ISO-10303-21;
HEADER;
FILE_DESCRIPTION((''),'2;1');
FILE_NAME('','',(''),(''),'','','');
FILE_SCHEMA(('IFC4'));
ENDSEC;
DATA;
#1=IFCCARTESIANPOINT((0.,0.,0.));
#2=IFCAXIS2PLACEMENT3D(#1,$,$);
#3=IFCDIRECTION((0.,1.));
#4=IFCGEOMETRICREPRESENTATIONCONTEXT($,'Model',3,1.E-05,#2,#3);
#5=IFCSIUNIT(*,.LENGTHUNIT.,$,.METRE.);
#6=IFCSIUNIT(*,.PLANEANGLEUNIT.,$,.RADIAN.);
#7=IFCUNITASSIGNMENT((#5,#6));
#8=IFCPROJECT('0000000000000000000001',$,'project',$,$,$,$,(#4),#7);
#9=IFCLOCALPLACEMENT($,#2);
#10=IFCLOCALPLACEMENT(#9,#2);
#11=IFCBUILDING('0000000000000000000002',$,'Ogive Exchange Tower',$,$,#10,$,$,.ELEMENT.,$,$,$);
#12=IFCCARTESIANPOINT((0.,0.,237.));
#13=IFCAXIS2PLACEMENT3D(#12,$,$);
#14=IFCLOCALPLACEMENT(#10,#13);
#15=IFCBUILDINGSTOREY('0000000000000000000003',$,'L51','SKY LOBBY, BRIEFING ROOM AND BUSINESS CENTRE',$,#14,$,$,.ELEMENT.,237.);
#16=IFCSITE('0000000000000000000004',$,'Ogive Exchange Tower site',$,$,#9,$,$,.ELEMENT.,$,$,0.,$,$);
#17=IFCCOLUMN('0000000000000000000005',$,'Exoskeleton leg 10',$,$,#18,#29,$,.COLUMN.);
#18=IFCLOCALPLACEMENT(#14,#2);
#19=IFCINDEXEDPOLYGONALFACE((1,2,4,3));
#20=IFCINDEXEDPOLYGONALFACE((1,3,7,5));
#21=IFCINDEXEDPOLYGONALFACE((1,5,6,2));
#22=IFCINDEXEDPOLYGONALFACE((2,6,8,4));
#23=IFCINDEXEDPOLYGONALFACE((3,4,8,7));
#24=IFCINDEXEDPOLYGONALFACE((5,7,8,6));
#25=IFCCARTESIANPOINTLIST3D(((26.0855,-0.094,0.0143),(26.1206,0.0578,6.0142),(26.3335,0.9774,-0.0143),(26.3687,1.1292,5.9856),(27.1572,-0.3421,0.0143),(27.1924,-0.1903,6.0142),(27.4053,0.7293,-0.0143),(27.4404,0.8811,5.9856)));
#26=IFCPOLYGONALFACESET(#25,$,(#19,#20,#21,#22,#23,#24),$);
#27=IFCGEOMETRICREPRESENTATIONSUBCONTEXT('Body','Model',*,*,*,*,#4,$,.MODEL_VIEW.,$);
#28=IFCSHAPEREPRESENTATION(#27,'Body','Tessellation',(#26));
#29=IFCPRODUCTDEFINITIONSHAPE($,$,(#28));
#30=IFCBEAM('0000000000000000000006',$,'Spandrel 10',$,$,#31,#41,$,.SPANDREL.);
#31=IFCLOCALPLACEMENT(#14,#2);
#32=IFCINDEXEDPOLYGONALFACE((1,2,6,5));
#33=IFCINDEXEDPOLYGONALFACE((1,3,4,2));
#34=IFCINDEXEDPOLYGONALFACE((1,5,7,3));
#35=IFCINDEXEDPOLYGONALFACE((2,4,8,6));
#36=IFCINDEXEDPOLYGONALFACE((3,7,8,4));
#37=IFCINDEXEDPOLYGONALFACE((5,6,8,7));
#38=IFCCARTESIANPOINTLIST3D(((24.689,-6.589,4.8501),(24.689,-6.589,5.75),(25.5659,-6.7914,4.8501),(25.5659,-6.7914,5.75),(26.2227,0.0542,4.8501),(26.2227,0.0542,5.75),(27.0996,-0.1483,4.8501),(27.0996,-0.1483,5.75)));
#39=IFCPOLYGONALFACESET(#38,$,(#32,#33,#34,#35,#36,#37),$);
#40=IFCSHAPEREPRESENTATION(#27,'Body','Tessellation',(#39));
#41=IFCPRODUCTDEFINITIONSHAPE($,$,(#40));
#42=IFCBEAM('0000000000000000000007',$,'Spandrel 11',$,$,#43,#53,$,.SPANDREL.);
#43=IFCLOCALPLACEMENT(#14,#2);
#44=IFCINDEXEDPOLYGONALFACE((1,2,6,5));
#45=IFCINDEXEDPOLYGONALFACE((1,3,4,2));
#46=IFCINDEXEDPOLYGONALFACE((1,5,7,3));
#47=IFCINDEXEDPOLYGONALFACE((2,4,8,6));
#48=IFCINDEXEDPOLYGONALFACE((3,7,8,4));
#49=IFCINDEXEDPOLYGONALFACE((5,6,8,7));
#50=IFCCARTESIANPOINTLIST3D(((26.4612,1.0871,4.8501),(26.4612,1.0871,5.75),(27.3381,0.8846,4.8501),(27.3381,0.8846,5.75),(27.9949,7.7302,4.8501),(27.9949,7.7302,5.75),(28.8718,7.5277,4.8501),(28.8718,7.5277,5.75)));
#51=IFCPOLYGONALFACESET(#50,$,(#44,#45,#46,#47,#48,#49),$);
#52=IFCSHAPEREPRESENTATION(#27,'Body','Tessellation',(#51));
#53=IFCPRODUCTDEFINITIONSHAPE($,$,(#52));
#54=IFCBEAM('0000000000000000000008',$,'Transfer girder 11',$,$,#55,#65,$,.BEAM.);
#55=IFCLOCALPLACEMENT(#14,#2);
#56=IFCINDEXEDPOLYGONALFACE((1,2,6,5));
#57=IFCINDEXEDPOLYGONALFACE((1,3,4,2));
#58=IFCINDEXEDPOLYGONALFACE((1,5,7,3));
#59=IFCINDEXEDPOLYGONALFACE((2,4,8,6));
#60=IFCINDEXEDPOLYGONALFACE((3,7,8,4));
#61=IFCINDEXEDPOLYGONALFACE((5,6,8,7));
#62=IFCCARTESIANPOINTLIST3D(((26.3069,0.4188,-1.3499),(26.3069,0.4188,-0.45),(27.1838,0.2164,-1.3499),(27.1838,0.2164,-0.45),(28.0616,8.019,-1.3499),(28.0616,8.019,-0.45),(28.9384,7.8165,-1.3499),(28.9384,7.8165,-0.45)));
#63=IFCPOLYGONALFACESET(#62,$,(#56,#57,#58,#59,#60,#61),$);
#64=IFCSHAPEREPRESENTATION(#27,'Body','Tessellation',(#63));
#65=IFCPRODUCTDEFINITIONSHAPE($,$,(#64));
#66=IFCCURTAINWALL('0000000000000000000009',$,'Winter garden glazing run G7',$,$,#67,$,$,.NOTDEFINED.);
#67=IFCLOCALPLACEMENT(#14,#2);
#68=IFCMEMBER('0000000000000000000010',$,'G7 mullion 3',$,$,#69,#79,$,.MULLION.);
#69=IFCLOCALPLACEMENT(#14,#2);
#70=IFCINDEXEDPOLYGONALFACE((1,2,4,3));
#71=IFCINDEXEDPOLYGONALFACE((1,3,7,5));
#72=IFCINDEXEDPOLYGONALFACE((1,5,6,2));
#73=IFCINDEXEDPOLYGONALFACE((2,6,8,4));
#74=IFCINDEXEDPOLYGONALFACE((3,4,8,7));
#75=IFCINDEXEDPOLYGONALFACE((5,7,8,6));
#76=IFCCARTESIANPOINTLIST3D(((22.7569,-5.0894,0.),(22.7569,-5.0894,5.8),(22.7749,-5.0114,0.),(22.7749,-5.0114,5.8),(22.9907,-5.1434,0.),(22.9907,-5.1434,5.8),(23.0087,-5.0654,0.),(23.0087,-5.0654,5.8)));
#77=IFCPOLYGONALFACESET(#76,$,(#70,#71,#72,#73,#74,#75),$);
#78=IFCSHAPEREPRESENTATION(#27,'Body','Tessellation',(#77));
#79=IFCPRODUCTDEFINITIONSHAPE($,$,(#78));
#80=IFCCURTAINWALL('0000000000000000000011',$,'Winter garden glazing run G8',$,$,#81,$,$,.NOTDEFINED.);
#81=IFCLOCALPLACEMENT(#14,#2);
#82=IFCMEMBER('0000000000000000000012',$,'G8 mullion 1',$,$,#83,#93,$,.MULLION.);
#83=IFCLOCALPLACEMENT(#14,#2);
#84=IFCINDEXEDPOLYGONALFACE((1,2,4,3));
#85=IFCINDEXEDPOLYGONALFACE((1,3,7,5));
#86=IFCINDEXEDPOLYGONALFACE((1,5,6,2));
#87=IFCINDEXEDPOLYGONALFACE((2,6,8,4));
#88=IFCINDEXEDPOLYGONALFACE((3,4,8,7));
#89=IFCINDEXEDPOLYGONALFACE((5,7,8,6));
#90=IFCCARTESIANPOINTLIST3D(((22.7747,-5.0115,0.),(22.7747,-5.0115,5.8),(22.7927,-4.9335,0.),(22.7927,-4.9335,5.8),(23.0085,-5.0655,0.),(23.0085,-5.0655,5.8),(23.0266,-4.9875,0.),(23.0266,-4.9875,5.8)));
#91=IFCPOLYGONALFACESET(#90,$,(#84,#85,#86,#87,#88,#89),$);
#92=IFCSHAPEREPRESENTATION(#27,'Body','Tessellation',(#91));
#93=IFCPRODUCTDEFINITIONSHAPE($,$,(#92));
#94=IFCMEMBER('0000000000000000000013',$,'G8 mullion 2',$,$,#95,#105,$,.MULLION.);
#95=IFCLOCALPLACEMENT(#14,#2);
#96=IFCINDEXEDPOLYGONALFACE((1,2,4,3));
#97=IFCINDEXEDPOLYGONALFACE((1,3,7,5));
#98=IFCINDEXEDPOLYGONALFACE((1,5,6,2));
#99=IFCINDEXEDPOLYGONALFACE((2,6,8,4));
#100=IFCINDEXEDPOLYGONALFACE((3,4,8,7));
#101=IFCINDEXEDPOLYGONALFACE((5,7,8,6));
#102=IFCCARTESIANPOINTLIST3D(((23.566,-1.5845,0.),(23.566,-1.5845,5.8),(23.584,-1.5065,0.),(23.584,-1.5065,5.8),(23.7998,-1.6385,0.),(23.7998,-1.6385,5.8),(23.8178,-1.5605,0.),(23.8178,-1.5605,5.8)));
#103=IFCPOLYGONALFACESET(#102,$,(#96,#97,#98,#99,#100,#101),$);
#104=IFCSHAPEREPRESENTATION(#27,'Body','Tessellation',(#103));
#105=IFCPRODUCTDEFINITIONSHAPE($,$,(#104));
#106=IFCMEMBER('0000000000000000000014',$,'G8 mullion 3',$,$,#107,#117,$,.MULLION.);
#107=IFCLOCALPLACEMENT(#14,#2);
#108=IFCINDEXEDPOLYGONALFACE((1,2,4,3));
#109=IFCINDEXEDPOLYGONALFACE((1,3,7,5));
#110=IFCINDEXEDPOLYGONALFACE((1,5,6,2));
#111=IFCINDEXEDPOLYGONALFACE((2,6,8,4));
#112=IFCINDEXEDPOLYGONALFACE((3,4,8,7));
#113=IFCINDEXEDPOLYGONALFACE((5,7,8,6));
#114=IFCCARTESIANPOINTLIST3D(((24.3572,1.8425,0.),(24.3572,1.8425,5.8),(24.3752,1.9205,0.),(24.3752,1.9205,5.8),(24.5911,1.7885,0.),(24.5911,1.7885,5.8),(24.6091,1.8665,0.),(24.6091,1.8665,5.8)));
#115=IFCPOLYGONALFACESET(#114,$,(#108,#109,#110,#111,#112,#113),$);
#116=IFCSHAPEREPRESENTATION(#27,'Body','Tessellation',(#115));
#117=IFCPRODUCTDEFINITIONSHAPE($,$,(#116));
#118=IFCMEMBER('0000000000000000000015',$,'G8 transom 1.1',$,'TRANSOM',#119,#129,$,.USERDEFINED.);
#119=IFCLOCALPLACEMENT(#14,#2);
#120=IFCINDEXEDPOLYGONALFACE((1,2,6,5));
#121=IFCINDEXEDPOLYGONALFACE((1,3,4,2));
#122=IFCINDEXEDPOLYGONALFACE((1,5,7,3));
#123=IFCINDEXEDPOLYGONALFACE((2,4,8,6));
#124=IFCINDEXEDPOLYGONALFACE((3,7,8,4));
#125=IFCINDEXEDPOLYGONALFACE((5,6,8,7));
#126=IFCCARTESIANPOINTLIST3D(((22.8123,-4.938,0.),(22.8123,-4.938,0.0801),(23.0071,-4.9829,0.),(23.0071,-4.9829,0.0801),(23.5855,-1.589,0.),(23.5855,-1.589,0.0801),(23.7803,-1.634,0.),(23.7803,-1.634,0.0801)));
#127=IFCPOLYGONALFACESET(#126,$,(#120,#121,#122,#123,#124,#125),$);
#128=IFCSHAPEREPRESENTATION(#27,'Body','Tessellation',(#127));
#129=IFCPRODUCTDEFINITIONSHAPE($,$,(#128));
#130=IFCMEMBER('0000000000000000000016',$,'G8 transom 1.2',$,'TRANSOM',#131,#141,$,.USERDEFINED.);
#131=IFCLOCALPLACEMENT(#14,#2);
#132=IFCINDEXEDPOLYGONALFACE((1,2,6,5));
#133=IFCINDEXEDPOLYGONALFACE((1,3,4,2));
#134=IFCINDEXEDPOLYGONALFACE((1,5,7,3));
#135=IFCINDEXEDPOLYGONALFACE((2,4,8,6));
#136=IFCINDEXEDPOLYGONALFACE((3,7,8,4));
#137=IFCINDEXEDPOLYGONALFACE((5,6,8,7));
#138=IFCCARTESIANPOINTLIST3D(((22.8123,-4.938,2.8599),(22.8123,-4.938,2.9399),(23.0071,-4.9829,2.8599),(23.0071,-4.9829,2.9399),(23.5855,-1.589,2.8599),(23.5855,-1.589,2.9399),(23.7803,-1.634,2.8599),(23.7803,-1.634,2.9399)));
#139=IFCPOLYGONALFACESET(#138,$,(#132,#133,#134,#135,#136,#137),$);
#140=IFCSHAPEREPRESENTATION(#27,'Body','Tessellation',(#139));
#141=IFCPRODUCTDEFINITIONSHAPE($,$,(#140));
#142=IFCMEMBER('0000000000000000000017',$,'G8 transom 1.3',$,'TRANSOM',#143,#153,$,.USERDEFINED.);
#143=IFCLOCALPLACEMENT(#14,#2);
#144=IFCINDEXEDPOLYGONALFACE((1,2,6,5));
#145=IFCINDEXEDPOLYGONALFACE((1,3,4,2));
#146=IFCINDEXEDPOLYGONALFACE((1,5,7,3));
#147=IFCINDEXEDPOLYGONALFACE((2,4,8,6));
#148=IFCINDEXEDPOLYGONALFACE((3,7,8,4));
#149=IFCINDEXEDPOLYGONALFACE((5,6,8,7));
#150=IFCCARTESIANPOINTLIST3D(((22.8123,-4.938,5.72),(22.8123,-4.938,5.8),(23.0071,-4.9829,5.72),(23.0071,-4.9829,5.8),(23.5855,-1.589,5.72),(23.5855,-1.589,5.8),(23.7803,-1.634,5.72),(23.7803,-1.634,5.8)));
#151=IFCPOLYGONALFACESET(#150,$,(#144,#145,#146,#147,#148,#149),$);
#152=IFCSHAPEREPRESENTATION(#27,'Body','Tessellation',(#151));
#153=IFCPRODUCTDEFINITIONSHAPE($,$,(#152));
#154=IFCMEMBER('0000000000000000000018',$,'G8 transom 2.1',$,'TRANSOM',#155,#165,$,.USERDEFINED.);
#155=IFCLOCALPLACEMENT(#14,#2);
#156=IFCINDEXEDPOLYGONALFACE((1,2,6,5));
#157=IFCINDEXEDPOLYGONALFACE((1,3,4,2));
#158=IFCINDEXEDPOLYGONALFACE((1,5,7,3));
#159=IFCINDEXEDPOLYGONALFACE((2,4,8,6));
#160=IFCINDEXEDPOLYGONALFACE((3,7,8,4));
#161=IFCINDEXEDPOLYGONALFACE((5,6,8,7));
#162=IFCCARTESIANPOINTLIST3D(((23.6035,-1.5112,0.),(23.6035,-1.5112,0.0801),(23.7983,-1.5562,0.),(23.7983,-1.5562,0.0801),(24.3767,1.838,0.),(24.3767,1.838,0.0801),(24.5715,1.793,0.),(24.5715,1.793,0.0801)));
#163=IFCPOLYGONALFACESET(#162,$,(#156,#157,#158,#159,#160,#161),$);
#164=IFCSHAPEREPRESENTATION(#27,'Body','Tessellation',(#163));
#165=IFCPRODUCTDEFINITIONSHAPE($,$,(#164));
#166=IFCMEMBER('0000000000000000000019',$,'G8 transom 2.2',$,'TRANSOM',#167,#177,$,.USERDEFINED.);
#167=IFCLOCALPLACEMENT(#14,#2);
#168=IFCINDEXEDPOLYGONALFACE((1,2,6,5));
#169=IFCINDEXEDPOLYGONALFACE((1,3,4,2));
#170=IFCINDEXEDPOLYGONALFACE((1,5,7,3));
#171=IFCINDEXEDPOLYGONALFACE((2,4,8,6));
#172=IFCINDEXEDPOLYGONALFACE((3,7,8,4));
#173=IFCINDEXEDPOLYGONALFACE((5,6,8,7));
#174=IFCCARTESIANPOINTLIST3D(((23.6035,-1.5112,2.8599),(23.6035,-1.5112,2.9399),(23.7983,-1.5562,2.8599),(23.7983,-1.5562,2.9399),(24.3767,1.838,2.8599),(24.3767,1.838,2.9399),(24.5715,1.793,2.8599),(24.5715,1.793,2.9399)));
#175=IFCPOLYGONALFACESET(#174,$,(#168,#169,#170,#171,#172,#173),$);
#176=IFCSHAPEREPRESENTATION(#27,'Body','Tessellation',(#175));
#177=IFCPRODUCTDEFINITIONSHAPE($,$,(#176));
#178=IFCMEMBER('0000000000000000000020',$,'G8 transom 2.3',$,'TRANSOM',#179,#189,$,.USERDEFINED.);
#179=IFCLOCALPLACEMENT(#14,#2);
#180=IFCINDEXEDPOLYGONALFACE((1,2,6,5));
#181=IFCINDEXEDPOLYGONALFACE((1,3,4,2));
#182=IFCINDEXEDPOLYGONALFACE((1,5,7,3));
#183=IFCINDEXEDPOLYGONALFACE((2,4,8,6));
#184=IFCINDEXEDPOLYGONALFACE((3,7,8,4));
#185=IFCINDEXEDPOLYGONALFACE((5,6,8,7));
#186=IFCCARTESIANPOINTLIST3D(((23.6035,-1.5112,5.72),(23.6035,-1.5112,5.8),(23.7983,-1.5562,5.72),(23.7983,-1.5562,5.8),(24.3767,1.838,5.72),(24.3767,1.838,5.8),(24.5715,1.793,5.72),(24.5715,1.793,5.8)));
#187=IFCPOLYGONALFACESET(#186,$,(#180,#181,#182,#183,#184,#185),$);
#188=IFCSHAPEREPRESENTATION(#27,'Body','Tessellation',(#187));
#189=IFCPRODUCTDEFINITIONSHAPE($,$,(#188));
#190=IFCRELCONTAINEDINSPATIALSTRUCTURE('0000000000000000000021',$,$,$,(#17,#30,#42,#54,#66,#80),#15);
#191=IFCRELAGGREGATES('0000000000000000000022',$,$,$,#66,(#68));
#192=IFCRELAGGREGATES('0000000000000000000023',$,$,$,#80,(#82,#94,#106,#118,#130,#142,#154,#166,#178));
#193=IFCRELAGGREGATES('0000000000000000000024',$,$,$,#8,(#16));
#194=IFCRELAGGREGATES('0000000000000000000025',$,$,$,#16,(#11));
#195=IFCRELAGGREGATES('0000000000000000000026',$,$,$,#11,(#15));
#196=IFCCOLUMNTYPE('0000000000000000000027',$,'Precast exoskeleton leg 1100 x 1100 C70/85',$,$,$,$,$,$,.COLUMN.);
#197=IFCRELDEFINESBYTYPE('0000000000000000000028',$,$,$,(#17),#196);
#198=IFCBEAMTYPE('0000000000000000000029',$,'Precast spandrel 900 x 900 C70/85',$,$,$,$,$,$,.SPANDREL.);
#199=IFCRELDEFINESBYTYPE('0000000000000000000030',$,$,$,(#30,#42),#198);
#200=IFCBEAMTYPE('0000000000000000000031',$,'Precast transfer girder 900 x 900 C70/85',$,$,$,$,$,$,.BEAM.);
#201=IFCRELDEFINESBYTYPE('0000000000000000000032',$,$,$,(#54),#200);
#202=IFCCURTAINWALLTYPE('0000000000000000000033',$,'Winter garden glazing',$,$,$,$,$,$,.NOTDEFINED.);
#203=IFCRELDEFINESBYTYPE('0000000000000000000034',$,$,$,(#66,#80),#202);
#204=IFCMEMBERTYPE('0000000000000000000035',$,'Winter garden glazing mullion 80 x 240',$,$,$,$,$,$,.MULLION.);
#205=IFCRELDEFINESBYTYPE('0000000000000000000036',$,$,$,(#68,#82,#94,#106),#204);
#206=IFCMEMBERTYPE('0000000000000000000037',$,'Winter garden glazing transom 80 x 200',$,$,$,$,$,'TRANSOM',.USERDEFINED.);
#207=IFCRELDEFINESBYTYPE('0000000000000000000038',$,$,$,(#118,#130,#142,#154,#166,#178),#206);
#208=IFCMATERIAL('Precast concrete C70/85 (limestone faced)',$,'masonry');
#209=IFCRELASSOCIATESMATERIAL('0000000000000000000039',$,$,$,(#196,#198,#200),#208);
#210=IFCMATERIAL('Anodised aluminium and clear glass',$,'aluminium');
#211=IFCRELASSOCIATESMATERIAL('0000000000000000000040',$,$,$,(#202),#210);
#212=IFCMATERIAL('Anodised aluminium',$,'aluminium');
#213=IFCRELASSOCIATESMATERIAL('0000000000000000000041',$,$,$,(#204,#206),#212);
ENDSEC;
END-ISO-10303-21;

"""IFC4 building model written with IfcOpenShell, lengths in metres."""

from ifc_helpers import new_model, si_unit, direction, frame, origin, origin_2d, place, context, subcontext, project, spatial, rectangle, extrude, material, material_profile, profile_set, type_object, element, aggregate, save


model = new_model("IFC4")

# Units and contexts
model_context = context("Model", 3, precision=1e-05, world=origin(), true_north=direction((0.0, 1.0)))
body_context = subcontext(model_context, "Body", "Model", "MODEL_VIEW")
ifc_project = project(units=[si_unit("LENGTHUNIT", "METRE"), si_unit("PLANEANGLEUNIT", "RADIAN")], contexts=[model_context])

# Site, building, storey
site_placement = place(None, origin())
site = spatial("IfcSite", under=ifc_project, at=site_placement, Name="Ogive Exchange Tower site", CompositionType="ELEMENT", RefElevation=0.0)
building_placement = place(site_placement, origin())
building = spatial("IfcBuilding", under=site, at=building_placement, Name="Ogive Exchange Tower", CompositionType="ELEMENT")
storey_placement = place(building_placement, frame((0.0, 0.0, 237.0)))
storey = spatial("IfcBuildingStorey", under=building, at=storey_placement, Name="L51", Description="SKY LOBBY, BRIEFING ROOM AND BUSINESS CENTRE", CompositionType="ELEMENT", Elevation=237.0)

# Column
ifc_material_1 = material(Name="Precast concrete C70/85 (limestone faced)", Category="masonry")
ifc_material_profile_1 = material_profile(ifc_material_1, rectangle(XDim=1.1001, YDim=1.1001, at=origin_2d()), Name="1100 x 1100")
ifc_profile_set_1 = profile_set([ifc_material_profile_1], Name="Precast concrete C70/85 (limestone faced)")
column_type = type_object("IfcColumnType", Name="Precast exoskeleton leg 1100 x 1100 C70/85", PredefinedType="COLUMN", material=ifc_profile_set_1)
column_placement = place(storey_placement, frame((26.7454, 0.3176, 0.0), z_axis=(0.005857, 0.025301, 0.999663), x_axis=(-0.974233, 0.225546, 0.0)))
element("IfcColumn", 1, at=column_placement, inside=storey, type_object=column_type, Name="Exoskeleton leg 10", PredefinedType="COLUMN", context=body_context, shape_type="SweptSolid", body=[
    extrude(rectangle(XDim=1.1001, YDim=1.1001, at=origin_2d()), origin(), (0.0, 0.0, 1.0), 6.002),
])

# Beams
ifc_material_profile_2 = material_profile(ifc_material_1, rectangle(XDim=0.8999, YDim=0.8999, at=origin_2d()), Name="900 x 900")
ifc_profile_set_2 = profile_set([ifc_material_profile_2], Name="Precast concrete C70/85 (limestone faced)")
beam_type_1 = type_object("IfcBeamType", Name="Precast spandrel 900 x 900 C70/85", PredefinedType="SPANDREL", material=ifc_profile_set_2)
for number, where, z_axis, x_axis, name in (
    (2, (25.1274, -6.6902, 5.3), (0.224954, 0.974369, 0.0), (-0.974369, 0.224954, 0.0), "Spandrel 10"),
    (3, (26.8997, 0.9858, 5.3), (0.224954, 0.974369, 0.0), (-0.974369, 0.224954, 0.0), "Spandrel 11"),
):
    element("IfcBeam", number, at=place(storey_placement, frame(where, z_axis=z_axis, x_axis=x_axis)), inside=storey, type_object=beam_type_1, Name=name, PredefinedType="SPANDREL", context=body_context, shape_type="SweptSolid", body=[
        extrude(rectangle(XDim=0.8999, YDim=0.8999, at=origin_2d()), origin(), (0.0, 0.0, 1.0), 6.8179),
    ])
ifc_material_profile_3 = material_profile(ifc_material_1, rectangle(XDim=0.8999, YDim=0.8999, at=origin_2d()), Name="900 x 900")
ifc_profile_set_3 = profile_set([ifc_material_profile_3], Name="Precast concrete C70/85 (limestone faced)")
beam_type_2 = type_object("IfcBeamType", Name="Precast transfer girder 900 x 900 C70/85", PredefinedType="BEAM", material=ifc_profile_set_3)
beam_placement = place(storey_placement, frame((26.7454, 0.3176, -0.8999), z_axis=(0.224953, 0.97437, 0.0), x_axis=(-0.97437, 0.224953, 0.0)))
element("IfcBeam", 4, at=beam_placement, inside=storey, type_object=beam_type_2, Name="Transfer girder 11", PredefinedType="BEAM", context=body_context, shape_type="SweptSolid", body=[
    extrude(rectangle(XDim=0.8999, YDim=0.8999, at=origin_2d()), origin(), (0.0, 0.0, 1.0), 7.8),
])

# Curtain wall, member
ifc_material_2 = material(Name="Anodised aluminium and clear glass", Category="aluminium")
curtain_wall_type = type_object("IfcCurtainWallType", Name="Winter garden glazing", PredefinedType="NOTDEFINED", material=ifc_material_2)
curtain_wall_1_placement = place(storey_placement, origin())
curtain_wall_1 = element("IfcCurtainWall", 5, at=curtain_wall_1_placement, inside=storey, type_object=curtain_wall_type, Name="Winter garden glazing run G7", PredefinedType="NOTDEFINED")
ifc_material_3 = material(Name="Anodised aluminium", Category="aluminium")
ifc_material_profile_4 = material_profile(ifc_material_3, rectangle(XDim=0.24, YDim=0.0801, at=origin_2d()), Name="AL 80x240")
ifc_profile_set_4 = profile_set([ifc_material_profile_4], Name="Anodised aluminium")
member_type_1 = type_object("IfcMemberType", Name="Winter garden glazing mullion 80 x 240", PredefinedType="MULLION", material=ifc_profile_set_4)
member_1_placement = place(storey_placement, frame((22.8828, -5.0774, 0.0), z_axis=(0.0, 0.0, 1.0), x_axis=(-0.97437, 0.224952, 0.0)))
member_1 = element("IfcMember", 6, at=member_1_placement, type_object=member_type_1, Name="G7 mullion 3", PredefinedType="MULLION", context=body_context, shape_type="SweptSolid", body=[
    extrude(rectangle(XDim=0.24, YDim=0.0801, at=origin_2d()), origin(), (0.0, 0.0, 1.0), 5.8),
])

# Curtain wall, members
curtain_wall_2_placement = place(storey_placement, origin())
curtain_wall_2 = element("IfcCurtainWall", 7, at=curtain_wall_2_placement, inside=storey, type_object=curtain_wall_type, Name="Winter garden glazing run G8", PredefinedType="NOTDEFINED")
member_2_placement = place(storey_placement, frame((22.9006, -4.9995, 0.0), z_axis=(0.0, 0.0, 1.0), x_axis=(-0.974369, 0.224957, 0.0)))
member_2 = element("IfcMember", 8, at=member_2_placement, type_object=member_type_1, Name="G8 mullion 1", PredefinedType="MULLION", context=body_context, shape_type="SweptSolid", body=[
    extrude(rectangle(XDim=0.24, YDim=0.0801, at=origin_2d()), origin(), (0.0, 0.0, 1.0), 5.8),
])
member_3_placement = place(storey_placement, frame((23.6919, -1.5725, 0.0), z_axis=(0.0, 0.0, 1.0), x_axis=(-0.974369, 0.224957, 0.0)))
member_3 = element("IfcMember", 9, at=member_3_placement, type_object=member_type_1, Name="G8 mullion 2", PredefinedType="MULLION", context=body_context, shape_type="SweptSolid", body=[
    extrude(rectangle(XDim=0.24, YDim=0.0801, at=origin_2d()), origin(), (0.0, 0.0, 1.0), 5.8),
])
member_4_placement = place(storey_placement, frame((24.4832, 1.8545, 0.0), z_axis=(0.0, 0.0, 1.0), x_axis=(-0.974369, 0.224957, 0.0)))
member_4 = element("IfcMember", 10, at=member_4_placement, type_object=member_type_1, Name="G8 mullion 3", PredefinedType="MULLION", context=body_context, shape_type="SweptSolid", body=[
    extrude(rectangle(XDim=0.24, YDim=0.0801, at=origin_2d()), origin(), (0.0, 0.0, 1.0), 5.8),
])
ifc_material_profile_5 = material_profile(ifc_material_3, rectangle(XDim=0.2, YDim=0.0801, at=origin_2d()), Name="AL 80x200")
ifc_profile_set_5 = profile_set([ifc_material_profile_5], Name="Anodised aluminium")
member_type_2 = type_object("IfcMemberType", Name="Winter garden glazing transom 80 x 200", ElementType="TRANSOM", PredefinedType="USERDEFINED", material=ifc_profile_set_5)
member_5_placement = place(storey_placement, frame((22.9097, -4.9604, 0.04), z_axis=(0.224963, 0.974367, 0.0), x_axis=(-0.974367, 0.224963, 0.0)))
member_5 = element("IfcMember", 11, at=member_5_placement, type_object=member_type_2, Name="G8 transom 1.1", ObjectType="TRANSOM", PredefinedType="USERDEFINED", context=body_context, shape_type="SweptSolid", body=[
    extrude(rectangle(XDim=0.2, YDim=0.0801, at=origin_2d()), origin(), (0.0, 0.0, 1.0), 3.437),
])
member_6_placement = place(storey_placement, frame((22.9097, -4.9604, 2.8999), z_axis=(0.224963, 0.974367, 0.0), x_axis=(-0.974367, 0.224963, 0.0)))
member_6 = element("IfcMember", 12, at=member_6_placement, type_object=member_type_2, Name="G8 transom 1.2", ObjectType="TRANSOM", PredefinedType="USERDEFINED", context=body_context, shape_type="SweptSolid", body=[
    extrude(rectangle(XDim=0.2, YDim=0.0801, at=origin_2d()), origin(), (0.0, 0.0, 1.0), 3.437),
])
member_7_placement = place(storey_placement, frame((22.9097, -4.9604, 5.76), z_axis=(0.224963, 0.974367, 0.0), x_axis=(-0.974367, 0.224963, 0.0)))
member_7 = element("IfcMember", 13, at=member_7_placement, type_object=member_type_2, Name="G8 transom 1.3", ObjectType="TRANSOM", PredefinedType="USERDEFINED", context=body_context, shape_type="SweptSolid", body=[
    extrude(rectangle(XDim=0.2, YDim=0.0801, at=origin_2d()), origin(), (0.0, 0.0, 1.0), 3.437),
])
member_8_placement = place(storey_placement, frame((23.7009, -1.5337, 0.04), z_axis=(0.224948, 0.974371, 0.0), x_axis=(-0.974371, 0.224948, 0.0)))
member_8 = element("IfcMember", 14, at=member_8_placement, type_object=member_type_2, Name="G8 transom 2.1", ObjectType="TRANSOM", PredefinedType="USERDEFINED", context=body_context, shape_type="SweptSolid", body=[
    extrude(rectangle(XDim=0.2, YDim=0.0801, at=origin_2d()), origin(), (0.0, 0.0, 1.0), 3.4373),
])
member_9_placement = place(storey_placement, frame((23.7009, -1.5337, 2.8999), z_axis=(0.224948, 0.974371, 0.0), x_axis=(-0.974371, 0.224948, 0.0)))
member_9 = element("IfcMember", 15, at=member_9_placement, type_object=member_type_2, Name="G8 transom 2.2", ObjectType="TRANSOM", PredefinedType="USERDEFINED", context=body_context, shape_type="SweptSolid", body=[
    extrude(rectangle(XDim=0.2, YDim=0.0801, at=origin_2d()), origin(), (0.0, 0.0, 1.0), 3.4373),
])
member_10_placement = place(storey_placement, frame((23.7009, -1.5337, 5.76), z_axis=(0.224948, 0.974371, 0.0), x_axis=(-0.974371, 0.224948, 0.0)))
member_10 = element("IfcMember", 16, at=member_10_placement, type_object=member_type_2, Name="G8 transom 2.3", ObjectType="TRANSOM", PredefinedType="USERDEFINED", context=body_context, shape_type="SweptSolid", body=[
    extrude(rectangle(XDim=0.2, YDim=0.0801, at=origin_2d()), origin(), (0.0, 0.0, 1.0), 3.4373),
])

aggregate(curtain_wall_1, [member_1])
aggregate(curtain_wall_2, [member_2, member_3, member_4, member_5, member_6, member_7, member_8, member_9, member_10])

save(model, "model.ifc")
